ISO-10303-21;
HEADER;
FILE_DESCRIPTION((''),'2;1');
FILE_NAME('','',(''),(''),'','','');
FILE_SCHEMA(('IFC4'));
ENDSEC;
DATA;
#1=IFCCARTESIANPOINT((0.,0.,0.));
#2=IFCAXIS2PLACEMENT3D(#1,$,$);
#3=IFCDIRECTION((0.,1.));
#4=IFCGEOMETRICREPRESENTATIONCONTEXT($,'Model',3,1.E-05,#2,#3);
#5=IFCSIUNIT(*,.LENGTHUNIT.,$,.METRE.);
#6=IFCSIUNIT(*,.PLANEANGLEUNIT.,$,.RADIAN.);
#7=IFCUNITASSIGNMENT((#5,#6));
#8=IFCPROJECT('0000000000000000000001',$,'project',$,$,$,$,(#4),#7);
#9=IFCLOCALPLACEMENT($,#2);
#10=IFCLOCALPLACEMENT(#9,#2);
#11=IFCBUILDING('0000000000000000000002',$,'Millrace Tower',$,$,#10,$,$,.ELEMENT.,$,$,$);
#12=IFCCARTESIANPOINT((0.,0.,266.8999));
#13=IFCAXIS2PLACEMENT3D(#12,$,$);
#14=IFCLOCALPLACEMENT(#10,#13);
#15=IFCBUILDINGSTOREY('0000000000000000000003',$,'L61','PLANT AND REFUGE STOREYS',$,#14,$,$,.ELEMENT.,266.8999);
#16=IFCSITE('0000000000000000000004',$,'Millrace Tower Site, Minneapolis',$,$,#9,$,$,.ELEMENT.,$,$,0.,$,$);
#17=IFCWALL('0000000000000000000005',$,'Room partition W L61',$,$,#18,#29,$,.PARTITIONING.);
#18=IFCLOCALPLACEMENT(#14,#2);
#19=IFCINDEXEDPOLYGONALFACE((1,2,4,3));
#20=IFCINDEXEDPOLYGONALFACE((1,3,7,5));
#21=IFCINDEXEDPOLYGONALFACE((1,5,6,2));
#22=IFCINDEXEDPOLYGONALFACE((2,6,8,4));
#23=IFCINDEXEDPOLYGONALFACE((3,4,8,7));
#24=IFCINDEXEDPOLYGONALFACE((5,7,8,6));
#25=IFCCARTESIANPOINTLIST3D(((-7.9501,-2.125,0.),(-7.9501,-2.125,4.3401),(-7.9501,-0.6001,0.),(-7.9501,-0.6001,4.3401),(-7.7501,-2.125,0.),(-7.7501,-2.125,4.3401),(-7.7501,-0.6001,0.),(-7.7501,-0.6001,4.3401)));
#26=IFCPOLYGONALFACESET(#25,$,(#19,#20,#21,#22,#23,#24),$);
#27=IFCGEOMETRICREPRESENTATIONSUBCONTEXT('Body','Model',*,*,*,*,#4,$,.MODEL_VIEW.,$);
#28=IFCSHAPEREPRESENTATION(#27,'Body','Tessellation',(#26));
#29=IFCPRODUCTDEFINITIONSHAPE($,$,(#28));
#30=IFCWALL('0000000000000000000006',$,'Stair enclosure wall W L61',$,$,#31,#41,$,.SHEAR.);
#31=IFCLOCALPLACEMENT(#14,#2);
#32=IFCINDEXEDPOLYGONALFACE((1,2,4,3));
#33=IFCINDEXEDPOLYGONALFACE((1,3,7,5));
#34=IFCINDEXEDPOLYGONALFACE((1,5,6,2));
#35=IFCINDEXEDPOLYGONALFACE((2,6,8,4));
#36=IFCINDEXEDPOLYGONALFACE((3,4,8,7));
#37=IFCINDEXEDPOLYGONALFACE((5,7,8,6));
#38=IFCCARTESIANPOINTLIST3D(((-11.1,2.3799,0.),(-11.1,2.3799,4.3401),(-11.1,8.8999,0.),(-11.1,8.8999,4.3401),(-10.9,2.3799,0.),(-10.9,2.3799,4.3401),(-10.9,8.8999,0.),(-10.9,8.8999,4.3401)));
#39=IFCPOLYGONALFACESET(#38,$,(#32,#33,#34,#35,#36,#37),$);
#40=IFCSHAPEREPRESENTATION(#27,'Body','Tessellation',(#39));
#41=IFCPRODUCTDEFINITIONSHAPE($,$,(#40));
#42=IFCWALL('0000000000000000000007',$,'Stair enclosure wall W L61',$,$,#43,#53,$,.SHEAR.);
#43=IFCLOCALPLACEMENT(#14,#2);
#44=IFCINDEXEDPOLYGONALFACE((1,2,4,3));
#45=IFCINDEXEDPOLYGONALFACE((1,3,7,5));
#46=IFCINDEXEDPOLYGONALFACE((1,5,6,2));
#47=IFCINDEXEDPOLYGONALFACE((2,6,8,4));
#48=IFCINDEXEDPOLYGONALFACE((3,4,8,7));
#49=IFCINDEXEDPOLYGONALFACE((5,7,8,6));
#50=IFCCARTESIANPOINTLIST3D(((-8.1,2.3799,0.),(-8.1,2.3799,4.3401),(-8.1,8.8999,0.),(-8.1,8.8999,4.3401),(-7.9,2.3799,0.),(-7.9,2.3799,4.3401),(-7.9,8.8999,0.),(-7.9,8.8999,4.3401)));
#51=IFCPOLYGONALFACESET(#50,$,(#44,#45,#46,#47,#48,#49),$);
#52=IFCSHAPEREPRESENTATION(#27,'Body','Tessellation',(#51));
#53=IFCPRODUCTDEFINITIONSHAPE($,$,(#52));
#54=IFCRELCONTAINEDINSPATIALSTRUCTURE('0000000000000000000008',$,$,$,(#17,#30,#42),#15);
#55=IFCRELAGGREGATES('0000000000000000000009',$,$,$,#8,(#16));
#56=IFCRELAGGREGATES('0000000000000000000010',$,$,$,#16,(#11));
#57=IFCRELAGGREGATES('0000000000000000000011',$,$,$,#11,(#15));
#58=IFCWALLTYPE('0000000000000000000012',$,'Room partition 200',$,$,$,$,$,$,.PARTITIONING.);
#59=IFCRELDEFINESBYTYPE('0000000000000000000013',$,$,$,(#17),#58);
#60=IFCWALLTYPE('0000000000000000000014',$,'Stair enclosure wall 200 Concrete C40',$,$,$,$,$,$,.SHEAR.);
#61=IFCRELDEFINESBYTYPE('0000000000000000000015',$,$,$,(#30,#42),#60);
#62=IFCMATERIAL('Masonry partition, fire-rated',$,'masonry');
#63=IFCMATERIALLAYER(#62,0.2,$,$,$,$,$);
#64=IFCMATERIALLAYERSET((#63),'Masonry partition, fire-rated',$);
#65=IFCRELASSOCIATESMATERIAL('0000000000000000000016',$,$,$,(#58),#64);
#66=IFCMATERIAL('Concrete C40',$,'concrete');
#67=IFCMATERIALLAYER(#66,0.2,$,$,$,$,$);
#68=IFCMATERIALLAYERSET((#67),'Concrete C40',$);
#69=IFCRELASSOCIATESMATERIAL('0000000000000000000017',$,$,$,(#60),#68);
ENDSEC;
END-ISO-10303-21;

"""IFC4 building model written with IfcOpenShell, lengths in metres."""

from ifc_helpers import new_model, si_unit, direction, frame, frame_2d, origin, place, context, subcontext, project, spatial, rectangle, extrude, material, layer, layer_set, type_object, element, save


model = new_model("IFC4")

# Units and contexts
model_context = context("Model", 3, precision=1e-05, world=origin(), true_north=direction((0.0, 1.0)))
body_context = subcontext(model_context, "Body", "Model", "MODEL_VIEW")
ifc_project = project(units=[si_unit("LENGTHUNIT", "METRE"), si_unit("PLANEANGLEUNIT", "RADIAN")], contexts=[model_context])

# Site, building, storey
site_placement = place(None, origin())
site = spatial("IfcSite", under=ifc_project, at=site_placement, Name="Millrace Tower Site, Minneapolis", CompositionType="ELEMENT", RefElevation=0.0)
building_placement = place(site_placement, origin())
building = spatial("IfcBuilding", under=site, at=building_placement, Name="Millrace Tower", CompositionType="ELEMENT")
storey_placement = place(building_placement, frame((0.0, 0.0, 266.8999)))
storey = spatial("IfcBuildingStorey", under=building, at=storey_placement, Name="L61", Description="PLANT AND REFUGE STOREYS", CompositionType="ELEMENT", Elevation=266.8999)

# Shared definitions
ifc_material_1 = material(Name="Masonry partition, fire-rated", Category="masonry")
ifc_layer_1 = layer(ifc_material_1, 0.2)
ifc_layer_set_1 = layer_set([ifc_layer_1], Name="Masonry partition, fire-rated")
wall_type_1 = type_object("IfcWallType", Name="Room partition 200", PredefinedType="PARTITIONING", material=ifc_layer_set_1)

# Walls
wall_1_placement = place(storey_placement, frame((-7.8501, -2.125, 0.0), z_axis=(0.0, 0.0, 1.0), x_axis=(0.0, 1.0, 0.0)))
element("IfcWall", 1, at=wall_1_placement, inside=storey, type_object=wall_type_1, Name="Room partition W L61", PredefinedType="PARTITIONING", context=body_context, shape_type="SweptSolid", body=[
    extrude(rectangle(XDim=1.5249, YDim=0.2, at=frame_2d((0.7625, 0.0))), origin(), (0.0, 0.0, 1.0), 4.3401),
])
ifc_material_2 = material(Name="Concrete C40", Category="concrete")
ifc_layer_2 = layer(ifc_material_2, 0.2)
ifc_layer_set_2 = layer_set([ifc_layer_2], Name="Concrete C40")
wall_type_2 = type_object("IfcWallType", Name="Stair enclosure wall 200 Concrete C40", PredefinedType="SHEAR", material=ifc_layer_set_2)
for number, where, z_axis, x_axis, name in (
    (2, (-11.0, 2.3799, 0.0), (0.0, 0.0, 1.0), (0.0, 1.0, 0.0), "Stair enclosure wall W L61"),
    (3, (-8.0, 2.3799, 0.0), (0.0, 0.0, 1.0), (0.0, 1.0, 0.0), "Stair enclosure wall W L61"),
):
    element("IfcWall", number, at=place(storey_placement, frame(where, z_axis=z_axis, x_axis=x_axis)), inside=storey, type_object=wall_type_2, Name=name, PredefinedType="SHEAR", context=body_context, shape_type="SweptSolid", body=[
        extrude(rectangle(XDim=6.52, YDim=0.2, at=frame_2d((3.26, 0.0))), origin(), (0.0, 0.0, 1.0), 4.3401),
    ])

save(model, "model.ifc")
